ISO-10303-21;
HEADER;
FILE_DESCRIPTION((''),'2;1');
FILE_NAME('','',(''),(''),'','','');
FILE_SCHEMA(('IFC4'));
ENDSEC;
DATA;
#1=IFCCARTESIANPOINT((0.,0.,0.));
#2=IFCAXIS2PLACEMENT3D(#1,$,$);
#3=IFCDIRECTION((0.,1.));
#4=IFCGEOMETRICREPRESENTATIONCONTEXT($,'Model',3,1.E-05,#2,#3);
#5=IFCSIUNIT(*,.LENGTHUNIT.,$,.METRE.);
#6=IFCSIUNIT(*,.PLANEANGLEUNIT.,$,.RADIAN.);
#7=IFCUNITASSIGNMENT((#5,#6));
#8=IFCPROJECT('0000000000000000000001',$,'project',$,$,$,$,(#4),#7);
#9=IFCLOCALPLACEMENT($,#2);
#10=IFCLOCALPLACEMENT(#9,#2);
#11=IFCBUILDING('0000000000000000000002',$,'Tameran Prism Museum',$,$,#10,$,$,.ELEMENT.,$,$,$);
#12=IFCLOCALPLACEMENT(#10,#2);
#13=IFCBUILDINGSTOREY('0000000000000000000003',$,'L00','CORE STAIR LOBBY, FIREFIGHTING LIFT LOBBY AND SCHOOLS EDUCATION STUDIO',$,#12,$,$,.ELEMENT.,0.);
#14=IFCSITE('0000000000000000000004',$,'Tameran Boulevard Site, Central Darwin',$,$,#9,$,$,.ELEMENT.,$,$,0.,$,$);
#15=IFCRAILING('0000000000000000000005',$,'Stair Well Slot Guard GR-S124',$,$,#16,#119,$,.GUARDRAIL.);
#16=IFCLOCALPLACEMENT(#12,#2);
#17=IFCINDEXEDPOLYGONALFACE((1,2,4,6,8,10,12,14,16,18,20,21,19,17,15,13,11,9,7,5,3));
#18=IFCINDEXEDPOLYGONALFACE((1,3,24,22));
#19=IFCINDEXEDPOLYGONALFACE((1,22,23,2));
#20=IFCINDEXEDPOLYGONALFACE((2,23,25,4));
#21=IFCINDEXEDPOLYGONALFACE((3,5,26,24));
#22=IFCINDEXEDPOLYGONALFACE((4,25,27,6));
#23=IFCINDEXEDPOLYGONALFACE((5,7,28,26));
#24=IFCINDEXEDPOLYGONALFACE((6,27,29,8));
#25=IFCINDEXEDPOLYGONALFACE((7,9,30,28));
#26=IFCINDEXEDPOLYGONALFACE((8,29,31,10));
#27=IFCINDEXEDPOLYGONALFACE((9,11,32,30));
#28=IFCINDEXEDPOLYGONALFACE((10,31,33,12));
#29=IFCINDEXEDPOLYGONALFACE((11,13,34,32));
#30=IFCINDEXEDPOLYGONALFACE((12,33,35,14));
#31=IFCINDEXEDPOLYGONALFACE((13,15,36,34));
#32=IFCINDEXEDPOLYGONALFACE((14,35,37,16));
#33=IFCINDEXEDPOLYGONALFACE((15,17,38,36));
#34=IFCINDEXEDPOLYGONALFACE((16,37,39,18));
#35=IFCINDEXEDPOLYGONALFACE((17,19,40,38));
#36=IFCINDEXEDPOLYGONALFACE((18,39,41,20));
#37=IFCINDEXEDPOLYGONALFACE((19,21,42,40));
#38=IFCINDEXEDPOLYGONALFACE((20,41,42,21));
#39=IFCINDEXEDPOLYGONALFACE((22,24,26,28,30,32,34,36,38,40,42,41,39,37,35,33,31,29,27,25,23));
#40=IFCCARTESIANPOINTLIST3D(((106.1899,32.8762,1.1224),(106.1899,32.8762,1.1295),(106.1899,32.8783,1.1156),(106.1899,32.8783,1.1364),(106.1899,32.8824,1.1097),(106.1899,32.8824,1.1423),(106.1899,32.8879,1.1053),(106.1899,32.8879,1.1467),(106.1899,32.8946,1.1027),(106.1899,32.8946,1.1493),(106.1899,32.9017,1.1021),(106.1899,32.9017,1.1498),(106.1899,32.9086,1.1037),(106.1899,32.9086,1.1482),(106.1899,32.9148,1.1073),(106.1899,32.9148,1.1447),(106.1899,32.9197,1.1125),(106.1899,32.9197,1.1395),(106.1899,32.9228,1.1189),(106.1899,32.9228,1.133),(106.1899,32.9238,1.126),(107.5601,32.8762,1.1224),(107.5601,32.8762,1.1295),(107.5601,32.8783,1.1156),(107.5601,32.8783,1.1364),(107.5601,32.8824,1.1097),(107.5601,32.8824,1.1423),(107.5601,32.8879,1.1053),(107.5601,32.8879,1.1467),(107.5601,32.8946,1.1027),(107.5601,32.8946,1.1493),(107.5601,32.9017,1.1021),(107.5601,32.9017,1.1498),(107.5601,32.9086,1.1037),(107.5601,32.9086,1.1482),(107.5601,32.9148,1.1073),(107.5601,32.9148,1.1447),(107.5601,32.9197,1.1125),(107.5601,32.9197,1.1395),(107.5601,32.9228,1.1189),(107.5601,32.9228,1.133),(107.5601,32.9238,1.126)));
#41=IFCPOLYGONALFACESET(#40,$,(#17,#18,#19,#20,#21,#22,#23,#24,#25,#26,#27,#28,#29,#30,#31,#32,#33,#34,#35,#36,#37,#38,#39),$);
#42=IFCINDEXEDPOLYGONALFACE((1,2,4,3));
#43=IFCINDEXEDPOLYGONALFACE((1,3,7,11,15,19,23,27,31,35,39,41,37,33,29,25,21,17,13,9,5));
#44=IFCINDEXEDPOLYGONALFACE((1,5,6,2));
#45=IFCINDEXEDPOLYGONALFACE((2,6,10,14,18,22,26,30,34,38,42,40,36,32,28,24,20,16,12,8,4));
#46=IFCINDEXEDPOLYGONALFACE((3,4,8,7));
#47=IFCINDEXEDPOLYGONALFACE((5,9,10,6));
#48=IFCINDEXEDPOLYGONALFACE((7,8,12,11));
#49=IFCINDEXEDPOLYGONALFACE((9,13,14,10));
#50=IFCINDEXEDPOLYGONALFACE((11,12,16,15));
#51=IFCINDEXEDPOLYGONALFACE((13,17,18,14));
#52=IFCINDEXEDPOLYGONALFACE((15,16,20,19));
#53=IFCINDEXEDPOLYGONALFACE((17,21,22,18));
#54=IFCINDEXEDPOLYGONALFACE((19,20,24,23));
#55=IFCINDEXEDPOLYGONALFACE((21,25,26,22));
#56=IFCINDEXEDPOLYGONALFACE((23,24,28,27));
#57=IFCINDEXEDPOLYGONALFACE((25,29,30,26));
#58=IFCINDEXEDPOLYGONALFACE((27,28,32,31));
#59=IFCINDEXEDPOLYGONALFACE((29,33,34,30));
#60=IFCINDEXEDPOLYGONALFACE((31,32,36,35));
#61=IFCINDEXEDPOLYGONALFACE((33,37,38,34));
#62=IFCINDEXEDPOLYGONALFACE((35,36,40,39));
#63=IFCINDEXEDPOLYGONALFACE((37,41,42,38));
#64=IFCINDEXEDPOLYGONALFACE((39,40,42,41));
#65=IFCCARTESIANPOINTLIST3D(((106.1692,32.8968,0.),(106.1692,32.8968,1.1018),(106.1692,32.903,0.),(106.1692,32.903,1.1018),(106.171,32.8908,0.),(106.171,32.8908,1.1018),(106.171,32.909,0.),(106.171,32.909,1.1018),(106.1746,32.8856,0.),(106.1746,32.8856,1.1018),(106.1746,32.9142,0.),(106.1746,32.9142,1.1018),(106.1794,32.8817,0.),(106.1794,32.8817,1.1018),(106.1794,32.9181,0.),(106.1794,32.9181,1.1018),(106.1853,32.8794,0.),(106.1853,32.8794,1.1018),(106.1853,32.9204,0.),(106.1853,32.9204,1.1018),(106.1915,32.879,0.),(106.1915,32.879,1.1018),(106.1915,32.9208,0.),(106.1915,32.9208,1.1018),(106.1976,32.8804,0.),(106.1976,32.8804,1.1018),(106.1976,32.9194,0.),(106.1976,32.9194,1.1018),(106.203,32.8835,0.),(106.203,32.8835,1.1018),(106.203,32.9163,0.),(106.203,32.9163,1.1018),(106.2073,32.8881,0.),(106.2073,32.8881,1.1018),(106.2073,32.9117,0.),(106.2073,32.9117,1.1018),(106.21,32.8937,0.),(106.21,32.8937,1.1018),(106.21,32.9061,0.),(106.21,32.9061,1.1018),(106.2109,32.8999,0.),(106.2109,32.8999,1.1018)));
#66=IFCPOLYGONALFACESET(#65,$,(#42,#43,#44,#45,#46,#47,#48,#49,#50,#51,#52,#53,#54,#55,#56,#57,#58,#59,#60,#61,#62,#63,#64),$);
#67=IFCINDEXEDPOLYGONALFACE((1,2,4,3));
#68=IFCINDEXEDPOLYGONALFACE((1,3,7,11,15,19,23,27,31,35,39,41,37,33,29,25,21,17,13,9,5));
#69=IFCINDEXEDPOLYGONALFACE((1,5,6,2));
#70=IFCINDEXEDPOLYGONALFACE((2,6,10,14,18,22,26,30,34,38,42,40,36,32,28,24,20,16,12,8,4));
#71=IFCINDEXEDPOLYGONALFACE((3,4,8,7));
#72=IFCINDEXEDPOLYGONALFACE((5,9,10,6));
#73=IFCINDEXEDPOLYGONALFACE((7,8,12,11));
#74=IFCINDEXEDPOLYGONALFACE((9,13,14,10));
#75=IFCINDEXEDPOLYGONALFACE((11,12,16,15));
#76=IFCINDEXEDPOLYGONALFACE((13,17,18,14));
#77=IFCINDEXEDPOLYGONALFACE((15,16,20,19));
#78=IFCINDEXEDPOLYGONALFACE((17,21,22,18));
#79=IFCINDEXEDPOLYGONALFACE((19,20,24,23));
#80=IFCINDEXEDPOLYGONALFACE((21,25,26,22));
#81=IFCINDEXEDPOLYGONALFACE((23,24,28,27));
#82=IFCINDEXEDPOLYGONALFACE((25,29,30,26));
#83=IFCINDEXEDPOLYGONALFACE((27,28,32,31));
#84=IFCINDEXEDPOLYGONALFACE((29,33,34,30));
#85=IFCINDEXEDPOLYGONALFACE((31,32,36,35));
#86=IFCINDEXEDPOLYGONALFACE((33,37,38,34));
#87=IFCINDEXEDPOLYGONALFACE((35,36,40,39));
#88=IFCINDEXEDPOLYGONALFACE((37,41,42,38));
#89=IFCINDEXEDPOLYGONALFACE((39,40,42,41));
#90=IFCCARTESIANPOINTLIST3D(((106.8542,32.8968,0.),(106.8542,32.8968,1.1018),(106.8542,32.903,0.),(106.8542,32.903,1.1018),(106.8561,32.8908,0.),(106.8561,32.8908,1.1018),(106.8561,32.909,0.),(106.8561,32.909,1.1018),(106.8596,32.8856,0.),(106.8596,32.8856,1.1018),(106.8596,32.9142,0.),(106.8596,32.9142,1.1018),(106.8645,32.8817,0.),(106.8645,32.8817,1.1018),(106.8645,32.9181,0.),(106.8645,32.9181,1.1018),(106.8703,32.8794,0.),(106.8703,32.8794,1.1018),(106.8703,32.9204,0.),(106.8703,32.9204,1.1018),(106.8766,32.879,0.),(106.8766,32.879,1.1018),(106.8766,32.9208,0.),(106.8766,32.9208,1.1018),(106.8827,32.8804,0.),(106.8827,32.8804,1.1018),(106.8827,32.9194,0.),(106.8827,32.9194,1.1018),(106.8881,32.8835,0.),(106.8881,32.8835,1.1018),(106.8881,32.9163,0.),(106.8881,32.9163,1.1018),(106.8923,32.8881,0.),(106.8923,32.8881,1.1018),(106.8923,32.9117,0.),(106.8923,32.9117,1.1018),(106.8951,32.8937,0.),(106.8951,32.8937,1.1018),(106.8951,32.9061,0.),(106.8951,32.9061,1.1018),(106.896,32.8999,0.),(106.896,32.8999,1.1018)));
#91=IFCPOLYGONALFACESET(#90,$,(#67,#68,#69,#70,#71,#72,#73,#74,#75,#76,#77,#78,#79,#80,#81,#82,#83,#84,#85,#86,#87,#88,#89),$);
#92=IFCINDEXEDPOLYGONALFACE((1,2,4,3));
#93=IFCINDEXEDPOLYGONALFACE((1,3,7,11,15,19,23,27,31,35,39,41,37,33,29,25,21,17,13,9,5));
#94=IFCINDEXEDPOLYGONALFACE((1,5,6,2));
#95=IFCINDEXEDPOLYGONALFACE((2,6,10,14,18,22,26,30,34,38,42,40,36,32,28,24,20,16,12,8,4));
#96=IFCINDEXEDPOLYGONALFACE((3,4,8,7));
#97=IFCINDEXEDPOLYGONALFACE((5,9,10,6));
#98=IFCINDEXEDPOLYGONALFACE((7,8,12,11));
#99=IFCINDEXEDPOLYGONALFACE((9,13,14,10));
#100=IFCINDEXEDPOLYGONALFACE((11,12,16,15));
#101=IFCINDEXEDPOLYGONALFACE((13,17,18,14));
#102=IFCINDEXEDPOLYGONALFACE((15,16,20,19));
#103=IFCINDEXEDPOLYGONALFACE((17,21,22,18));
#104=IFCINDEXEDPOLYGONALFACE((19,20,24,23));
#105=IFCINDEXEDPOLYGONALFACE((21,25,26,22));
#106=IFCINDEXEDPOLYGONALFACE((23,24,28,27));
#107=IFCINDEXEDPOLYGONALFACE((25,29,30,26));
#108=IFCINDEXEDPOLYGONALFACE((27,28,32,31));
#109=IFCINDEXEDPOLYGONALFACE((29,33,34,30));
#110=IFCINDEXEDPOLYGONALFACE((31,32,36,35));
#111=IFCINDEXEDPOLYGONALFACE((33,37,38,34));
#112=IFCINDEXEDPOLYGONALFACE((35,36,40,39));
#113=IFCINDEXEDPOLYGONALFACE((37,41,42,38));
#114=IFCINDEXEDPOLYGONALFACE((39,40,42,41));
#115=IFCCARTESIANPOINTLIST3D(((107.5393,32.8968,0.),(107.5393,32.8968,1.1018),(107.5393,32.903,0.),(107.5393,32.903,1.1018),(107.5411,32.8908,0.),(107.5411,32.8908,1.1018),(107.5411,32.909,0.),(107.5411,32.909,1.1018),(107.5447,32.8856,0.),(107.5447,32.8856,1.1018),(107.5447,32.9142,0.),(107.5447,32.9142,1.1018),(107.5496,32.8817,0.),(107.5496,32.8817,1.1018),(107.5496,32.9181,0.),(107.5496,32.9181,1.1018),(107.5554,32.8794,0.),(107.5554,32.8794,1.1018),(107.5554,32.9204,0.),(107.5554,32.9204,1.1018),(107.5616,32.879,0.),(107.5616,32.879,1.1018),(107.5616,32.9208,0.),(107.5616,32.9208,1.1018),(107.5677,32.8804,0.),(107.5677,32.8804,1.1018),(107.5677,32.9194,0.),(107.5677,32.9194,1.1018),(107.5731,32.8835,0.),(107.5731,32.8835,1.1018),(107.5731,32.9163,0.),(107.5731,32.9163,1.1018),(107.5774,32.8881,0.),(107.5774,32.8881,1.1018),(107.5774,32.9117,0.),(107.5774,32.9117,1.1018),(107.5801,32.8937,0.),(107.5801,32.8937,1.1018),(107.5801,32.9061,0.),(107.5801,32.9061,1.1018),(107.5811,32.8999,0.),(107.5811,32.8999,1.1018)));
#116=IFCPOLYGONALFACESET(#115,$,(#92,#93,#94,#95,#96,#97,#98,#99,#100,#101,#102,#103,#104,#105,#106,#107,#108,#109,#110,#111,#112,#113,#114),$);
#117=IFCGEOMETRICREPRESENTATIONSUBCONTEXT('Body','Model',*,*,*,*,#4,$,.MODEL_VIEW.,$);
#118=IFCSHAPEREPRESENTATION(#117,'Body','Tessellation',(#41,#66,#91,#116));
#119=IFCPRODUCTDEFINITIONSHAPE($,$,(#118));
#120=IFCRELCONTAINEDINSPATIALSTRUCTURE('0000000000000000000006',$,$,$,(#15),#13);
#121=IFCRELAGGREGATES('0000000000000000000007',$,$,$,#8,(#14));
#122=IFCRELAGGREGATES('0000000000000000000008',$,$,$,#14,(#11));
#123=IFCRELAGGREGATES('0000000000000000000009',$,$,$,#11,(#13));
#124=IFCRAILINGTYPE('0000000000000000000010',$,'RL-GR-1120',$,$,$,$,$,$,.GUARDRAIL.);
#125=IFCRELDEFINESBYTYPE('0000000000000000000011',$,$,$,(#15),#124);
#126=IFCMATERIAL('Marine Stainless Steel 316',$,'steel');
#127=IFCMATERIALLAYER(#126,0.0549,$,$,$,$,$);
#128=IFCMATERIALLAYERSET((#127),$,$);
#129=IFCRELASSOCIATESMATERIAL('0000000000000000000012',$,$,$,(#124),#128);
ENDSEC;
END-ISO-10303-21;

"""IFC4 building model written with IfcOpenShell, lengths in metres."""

from ifc_helpers import new_model, si_unit, direction, frame, origin, origin_2d, place, context, subcontext, project, spatial, circle, extrude, material, layer, layer_set, type_object, element, save


model = new_model("IFC4")

# Units and contexts
model_context = context("Model", 3, precision=1e-05, world=origin(), true_north=direction((0.0, 1.0)))
body_context = subcontext(model_context, "Body", "Model", "MODEL_VIEW")
ifc_project = project(units=[si_unit("LENGTHUNIT", "METRE"), si_unit("PLANEANGLEUNIT", "RADIAN")], contexts=[model_context])

# Site, building, storey
site_placement = place(None, origin())
site = spatial("IfcSite", under=ifc_project, at=site_placement, Name="Tameran Boulevard Site, Central Darwin", CompositionType="ELEMENT", RefElevation=0.0)
building_placement = place(site_placement, origin())
building = spatial("IfcBuilding", under=site, at=building_placement, Name="Tameran Prism Museum", CompositionType="ELEMENT")
storey_placement = place(building_placement, origin())
storey = spatial("IfcBuildingStorey", under=building, at=storey_placement, Name="L00", Description="CORE STAIR LOBBY, FIREFIGHTING LIFT LOBBY AND SCHOOLS EDUCATION STUDIO", CompositionType="ELEMENT", Elevation=0.0)

# Railing
ifc_material_1 = material(Name="Marine Stainless Steel 316", Category="steel")
ifc_layer_1 = layer(ifc_material_1, 0.0549)
ifc_layer_set_1 = layer_set([ifc_layer_1])
railing_type_1 = type_object("IfcRailingType", Name="RL-GR-1120", PredefinedType="GUARDRAIL", material=ifc_layer_set_1)
railing_1_placement = place(storey_placement, frame((106.1899, 32.8999, 0.0)))
element("IfcRailing", 1, at=railing_1_placement, inside=storey, type_object=railing_type_1, Name="Stair Well Slot Guard GR-S124", PredefinedType="GUARDRAIL", context=body_context, shape_type="SweptSolid", body=[
    extrude(circle(Radius=0.0239, at=origin_2d()), frame((0.0, 0.0, 1.126), z_axis=(1.0, 0.0, 0.0), x_axis=(0.0, 1.0, 0.0)), (0.0, 0.0, 1.0), 1.3701),
    extrude(circle(Radius=0.021, at=origin_2d()), origin(), (0.0, 0.0, 1.0), 1.1018),
    extrude(circle(Radius=0.021, at=origin_2d()), frame((0.6851, 0.0, 0.0)), (0.0, 0.0, 1.0), 1.1018),
    extrude(circle(Radius=0.021, at=origin_2d()), frame((1.3701, 0.0, 0.0)), (0.0, 0.0, 1.0), 1.1018),
])

save(model, "model.ifc")
